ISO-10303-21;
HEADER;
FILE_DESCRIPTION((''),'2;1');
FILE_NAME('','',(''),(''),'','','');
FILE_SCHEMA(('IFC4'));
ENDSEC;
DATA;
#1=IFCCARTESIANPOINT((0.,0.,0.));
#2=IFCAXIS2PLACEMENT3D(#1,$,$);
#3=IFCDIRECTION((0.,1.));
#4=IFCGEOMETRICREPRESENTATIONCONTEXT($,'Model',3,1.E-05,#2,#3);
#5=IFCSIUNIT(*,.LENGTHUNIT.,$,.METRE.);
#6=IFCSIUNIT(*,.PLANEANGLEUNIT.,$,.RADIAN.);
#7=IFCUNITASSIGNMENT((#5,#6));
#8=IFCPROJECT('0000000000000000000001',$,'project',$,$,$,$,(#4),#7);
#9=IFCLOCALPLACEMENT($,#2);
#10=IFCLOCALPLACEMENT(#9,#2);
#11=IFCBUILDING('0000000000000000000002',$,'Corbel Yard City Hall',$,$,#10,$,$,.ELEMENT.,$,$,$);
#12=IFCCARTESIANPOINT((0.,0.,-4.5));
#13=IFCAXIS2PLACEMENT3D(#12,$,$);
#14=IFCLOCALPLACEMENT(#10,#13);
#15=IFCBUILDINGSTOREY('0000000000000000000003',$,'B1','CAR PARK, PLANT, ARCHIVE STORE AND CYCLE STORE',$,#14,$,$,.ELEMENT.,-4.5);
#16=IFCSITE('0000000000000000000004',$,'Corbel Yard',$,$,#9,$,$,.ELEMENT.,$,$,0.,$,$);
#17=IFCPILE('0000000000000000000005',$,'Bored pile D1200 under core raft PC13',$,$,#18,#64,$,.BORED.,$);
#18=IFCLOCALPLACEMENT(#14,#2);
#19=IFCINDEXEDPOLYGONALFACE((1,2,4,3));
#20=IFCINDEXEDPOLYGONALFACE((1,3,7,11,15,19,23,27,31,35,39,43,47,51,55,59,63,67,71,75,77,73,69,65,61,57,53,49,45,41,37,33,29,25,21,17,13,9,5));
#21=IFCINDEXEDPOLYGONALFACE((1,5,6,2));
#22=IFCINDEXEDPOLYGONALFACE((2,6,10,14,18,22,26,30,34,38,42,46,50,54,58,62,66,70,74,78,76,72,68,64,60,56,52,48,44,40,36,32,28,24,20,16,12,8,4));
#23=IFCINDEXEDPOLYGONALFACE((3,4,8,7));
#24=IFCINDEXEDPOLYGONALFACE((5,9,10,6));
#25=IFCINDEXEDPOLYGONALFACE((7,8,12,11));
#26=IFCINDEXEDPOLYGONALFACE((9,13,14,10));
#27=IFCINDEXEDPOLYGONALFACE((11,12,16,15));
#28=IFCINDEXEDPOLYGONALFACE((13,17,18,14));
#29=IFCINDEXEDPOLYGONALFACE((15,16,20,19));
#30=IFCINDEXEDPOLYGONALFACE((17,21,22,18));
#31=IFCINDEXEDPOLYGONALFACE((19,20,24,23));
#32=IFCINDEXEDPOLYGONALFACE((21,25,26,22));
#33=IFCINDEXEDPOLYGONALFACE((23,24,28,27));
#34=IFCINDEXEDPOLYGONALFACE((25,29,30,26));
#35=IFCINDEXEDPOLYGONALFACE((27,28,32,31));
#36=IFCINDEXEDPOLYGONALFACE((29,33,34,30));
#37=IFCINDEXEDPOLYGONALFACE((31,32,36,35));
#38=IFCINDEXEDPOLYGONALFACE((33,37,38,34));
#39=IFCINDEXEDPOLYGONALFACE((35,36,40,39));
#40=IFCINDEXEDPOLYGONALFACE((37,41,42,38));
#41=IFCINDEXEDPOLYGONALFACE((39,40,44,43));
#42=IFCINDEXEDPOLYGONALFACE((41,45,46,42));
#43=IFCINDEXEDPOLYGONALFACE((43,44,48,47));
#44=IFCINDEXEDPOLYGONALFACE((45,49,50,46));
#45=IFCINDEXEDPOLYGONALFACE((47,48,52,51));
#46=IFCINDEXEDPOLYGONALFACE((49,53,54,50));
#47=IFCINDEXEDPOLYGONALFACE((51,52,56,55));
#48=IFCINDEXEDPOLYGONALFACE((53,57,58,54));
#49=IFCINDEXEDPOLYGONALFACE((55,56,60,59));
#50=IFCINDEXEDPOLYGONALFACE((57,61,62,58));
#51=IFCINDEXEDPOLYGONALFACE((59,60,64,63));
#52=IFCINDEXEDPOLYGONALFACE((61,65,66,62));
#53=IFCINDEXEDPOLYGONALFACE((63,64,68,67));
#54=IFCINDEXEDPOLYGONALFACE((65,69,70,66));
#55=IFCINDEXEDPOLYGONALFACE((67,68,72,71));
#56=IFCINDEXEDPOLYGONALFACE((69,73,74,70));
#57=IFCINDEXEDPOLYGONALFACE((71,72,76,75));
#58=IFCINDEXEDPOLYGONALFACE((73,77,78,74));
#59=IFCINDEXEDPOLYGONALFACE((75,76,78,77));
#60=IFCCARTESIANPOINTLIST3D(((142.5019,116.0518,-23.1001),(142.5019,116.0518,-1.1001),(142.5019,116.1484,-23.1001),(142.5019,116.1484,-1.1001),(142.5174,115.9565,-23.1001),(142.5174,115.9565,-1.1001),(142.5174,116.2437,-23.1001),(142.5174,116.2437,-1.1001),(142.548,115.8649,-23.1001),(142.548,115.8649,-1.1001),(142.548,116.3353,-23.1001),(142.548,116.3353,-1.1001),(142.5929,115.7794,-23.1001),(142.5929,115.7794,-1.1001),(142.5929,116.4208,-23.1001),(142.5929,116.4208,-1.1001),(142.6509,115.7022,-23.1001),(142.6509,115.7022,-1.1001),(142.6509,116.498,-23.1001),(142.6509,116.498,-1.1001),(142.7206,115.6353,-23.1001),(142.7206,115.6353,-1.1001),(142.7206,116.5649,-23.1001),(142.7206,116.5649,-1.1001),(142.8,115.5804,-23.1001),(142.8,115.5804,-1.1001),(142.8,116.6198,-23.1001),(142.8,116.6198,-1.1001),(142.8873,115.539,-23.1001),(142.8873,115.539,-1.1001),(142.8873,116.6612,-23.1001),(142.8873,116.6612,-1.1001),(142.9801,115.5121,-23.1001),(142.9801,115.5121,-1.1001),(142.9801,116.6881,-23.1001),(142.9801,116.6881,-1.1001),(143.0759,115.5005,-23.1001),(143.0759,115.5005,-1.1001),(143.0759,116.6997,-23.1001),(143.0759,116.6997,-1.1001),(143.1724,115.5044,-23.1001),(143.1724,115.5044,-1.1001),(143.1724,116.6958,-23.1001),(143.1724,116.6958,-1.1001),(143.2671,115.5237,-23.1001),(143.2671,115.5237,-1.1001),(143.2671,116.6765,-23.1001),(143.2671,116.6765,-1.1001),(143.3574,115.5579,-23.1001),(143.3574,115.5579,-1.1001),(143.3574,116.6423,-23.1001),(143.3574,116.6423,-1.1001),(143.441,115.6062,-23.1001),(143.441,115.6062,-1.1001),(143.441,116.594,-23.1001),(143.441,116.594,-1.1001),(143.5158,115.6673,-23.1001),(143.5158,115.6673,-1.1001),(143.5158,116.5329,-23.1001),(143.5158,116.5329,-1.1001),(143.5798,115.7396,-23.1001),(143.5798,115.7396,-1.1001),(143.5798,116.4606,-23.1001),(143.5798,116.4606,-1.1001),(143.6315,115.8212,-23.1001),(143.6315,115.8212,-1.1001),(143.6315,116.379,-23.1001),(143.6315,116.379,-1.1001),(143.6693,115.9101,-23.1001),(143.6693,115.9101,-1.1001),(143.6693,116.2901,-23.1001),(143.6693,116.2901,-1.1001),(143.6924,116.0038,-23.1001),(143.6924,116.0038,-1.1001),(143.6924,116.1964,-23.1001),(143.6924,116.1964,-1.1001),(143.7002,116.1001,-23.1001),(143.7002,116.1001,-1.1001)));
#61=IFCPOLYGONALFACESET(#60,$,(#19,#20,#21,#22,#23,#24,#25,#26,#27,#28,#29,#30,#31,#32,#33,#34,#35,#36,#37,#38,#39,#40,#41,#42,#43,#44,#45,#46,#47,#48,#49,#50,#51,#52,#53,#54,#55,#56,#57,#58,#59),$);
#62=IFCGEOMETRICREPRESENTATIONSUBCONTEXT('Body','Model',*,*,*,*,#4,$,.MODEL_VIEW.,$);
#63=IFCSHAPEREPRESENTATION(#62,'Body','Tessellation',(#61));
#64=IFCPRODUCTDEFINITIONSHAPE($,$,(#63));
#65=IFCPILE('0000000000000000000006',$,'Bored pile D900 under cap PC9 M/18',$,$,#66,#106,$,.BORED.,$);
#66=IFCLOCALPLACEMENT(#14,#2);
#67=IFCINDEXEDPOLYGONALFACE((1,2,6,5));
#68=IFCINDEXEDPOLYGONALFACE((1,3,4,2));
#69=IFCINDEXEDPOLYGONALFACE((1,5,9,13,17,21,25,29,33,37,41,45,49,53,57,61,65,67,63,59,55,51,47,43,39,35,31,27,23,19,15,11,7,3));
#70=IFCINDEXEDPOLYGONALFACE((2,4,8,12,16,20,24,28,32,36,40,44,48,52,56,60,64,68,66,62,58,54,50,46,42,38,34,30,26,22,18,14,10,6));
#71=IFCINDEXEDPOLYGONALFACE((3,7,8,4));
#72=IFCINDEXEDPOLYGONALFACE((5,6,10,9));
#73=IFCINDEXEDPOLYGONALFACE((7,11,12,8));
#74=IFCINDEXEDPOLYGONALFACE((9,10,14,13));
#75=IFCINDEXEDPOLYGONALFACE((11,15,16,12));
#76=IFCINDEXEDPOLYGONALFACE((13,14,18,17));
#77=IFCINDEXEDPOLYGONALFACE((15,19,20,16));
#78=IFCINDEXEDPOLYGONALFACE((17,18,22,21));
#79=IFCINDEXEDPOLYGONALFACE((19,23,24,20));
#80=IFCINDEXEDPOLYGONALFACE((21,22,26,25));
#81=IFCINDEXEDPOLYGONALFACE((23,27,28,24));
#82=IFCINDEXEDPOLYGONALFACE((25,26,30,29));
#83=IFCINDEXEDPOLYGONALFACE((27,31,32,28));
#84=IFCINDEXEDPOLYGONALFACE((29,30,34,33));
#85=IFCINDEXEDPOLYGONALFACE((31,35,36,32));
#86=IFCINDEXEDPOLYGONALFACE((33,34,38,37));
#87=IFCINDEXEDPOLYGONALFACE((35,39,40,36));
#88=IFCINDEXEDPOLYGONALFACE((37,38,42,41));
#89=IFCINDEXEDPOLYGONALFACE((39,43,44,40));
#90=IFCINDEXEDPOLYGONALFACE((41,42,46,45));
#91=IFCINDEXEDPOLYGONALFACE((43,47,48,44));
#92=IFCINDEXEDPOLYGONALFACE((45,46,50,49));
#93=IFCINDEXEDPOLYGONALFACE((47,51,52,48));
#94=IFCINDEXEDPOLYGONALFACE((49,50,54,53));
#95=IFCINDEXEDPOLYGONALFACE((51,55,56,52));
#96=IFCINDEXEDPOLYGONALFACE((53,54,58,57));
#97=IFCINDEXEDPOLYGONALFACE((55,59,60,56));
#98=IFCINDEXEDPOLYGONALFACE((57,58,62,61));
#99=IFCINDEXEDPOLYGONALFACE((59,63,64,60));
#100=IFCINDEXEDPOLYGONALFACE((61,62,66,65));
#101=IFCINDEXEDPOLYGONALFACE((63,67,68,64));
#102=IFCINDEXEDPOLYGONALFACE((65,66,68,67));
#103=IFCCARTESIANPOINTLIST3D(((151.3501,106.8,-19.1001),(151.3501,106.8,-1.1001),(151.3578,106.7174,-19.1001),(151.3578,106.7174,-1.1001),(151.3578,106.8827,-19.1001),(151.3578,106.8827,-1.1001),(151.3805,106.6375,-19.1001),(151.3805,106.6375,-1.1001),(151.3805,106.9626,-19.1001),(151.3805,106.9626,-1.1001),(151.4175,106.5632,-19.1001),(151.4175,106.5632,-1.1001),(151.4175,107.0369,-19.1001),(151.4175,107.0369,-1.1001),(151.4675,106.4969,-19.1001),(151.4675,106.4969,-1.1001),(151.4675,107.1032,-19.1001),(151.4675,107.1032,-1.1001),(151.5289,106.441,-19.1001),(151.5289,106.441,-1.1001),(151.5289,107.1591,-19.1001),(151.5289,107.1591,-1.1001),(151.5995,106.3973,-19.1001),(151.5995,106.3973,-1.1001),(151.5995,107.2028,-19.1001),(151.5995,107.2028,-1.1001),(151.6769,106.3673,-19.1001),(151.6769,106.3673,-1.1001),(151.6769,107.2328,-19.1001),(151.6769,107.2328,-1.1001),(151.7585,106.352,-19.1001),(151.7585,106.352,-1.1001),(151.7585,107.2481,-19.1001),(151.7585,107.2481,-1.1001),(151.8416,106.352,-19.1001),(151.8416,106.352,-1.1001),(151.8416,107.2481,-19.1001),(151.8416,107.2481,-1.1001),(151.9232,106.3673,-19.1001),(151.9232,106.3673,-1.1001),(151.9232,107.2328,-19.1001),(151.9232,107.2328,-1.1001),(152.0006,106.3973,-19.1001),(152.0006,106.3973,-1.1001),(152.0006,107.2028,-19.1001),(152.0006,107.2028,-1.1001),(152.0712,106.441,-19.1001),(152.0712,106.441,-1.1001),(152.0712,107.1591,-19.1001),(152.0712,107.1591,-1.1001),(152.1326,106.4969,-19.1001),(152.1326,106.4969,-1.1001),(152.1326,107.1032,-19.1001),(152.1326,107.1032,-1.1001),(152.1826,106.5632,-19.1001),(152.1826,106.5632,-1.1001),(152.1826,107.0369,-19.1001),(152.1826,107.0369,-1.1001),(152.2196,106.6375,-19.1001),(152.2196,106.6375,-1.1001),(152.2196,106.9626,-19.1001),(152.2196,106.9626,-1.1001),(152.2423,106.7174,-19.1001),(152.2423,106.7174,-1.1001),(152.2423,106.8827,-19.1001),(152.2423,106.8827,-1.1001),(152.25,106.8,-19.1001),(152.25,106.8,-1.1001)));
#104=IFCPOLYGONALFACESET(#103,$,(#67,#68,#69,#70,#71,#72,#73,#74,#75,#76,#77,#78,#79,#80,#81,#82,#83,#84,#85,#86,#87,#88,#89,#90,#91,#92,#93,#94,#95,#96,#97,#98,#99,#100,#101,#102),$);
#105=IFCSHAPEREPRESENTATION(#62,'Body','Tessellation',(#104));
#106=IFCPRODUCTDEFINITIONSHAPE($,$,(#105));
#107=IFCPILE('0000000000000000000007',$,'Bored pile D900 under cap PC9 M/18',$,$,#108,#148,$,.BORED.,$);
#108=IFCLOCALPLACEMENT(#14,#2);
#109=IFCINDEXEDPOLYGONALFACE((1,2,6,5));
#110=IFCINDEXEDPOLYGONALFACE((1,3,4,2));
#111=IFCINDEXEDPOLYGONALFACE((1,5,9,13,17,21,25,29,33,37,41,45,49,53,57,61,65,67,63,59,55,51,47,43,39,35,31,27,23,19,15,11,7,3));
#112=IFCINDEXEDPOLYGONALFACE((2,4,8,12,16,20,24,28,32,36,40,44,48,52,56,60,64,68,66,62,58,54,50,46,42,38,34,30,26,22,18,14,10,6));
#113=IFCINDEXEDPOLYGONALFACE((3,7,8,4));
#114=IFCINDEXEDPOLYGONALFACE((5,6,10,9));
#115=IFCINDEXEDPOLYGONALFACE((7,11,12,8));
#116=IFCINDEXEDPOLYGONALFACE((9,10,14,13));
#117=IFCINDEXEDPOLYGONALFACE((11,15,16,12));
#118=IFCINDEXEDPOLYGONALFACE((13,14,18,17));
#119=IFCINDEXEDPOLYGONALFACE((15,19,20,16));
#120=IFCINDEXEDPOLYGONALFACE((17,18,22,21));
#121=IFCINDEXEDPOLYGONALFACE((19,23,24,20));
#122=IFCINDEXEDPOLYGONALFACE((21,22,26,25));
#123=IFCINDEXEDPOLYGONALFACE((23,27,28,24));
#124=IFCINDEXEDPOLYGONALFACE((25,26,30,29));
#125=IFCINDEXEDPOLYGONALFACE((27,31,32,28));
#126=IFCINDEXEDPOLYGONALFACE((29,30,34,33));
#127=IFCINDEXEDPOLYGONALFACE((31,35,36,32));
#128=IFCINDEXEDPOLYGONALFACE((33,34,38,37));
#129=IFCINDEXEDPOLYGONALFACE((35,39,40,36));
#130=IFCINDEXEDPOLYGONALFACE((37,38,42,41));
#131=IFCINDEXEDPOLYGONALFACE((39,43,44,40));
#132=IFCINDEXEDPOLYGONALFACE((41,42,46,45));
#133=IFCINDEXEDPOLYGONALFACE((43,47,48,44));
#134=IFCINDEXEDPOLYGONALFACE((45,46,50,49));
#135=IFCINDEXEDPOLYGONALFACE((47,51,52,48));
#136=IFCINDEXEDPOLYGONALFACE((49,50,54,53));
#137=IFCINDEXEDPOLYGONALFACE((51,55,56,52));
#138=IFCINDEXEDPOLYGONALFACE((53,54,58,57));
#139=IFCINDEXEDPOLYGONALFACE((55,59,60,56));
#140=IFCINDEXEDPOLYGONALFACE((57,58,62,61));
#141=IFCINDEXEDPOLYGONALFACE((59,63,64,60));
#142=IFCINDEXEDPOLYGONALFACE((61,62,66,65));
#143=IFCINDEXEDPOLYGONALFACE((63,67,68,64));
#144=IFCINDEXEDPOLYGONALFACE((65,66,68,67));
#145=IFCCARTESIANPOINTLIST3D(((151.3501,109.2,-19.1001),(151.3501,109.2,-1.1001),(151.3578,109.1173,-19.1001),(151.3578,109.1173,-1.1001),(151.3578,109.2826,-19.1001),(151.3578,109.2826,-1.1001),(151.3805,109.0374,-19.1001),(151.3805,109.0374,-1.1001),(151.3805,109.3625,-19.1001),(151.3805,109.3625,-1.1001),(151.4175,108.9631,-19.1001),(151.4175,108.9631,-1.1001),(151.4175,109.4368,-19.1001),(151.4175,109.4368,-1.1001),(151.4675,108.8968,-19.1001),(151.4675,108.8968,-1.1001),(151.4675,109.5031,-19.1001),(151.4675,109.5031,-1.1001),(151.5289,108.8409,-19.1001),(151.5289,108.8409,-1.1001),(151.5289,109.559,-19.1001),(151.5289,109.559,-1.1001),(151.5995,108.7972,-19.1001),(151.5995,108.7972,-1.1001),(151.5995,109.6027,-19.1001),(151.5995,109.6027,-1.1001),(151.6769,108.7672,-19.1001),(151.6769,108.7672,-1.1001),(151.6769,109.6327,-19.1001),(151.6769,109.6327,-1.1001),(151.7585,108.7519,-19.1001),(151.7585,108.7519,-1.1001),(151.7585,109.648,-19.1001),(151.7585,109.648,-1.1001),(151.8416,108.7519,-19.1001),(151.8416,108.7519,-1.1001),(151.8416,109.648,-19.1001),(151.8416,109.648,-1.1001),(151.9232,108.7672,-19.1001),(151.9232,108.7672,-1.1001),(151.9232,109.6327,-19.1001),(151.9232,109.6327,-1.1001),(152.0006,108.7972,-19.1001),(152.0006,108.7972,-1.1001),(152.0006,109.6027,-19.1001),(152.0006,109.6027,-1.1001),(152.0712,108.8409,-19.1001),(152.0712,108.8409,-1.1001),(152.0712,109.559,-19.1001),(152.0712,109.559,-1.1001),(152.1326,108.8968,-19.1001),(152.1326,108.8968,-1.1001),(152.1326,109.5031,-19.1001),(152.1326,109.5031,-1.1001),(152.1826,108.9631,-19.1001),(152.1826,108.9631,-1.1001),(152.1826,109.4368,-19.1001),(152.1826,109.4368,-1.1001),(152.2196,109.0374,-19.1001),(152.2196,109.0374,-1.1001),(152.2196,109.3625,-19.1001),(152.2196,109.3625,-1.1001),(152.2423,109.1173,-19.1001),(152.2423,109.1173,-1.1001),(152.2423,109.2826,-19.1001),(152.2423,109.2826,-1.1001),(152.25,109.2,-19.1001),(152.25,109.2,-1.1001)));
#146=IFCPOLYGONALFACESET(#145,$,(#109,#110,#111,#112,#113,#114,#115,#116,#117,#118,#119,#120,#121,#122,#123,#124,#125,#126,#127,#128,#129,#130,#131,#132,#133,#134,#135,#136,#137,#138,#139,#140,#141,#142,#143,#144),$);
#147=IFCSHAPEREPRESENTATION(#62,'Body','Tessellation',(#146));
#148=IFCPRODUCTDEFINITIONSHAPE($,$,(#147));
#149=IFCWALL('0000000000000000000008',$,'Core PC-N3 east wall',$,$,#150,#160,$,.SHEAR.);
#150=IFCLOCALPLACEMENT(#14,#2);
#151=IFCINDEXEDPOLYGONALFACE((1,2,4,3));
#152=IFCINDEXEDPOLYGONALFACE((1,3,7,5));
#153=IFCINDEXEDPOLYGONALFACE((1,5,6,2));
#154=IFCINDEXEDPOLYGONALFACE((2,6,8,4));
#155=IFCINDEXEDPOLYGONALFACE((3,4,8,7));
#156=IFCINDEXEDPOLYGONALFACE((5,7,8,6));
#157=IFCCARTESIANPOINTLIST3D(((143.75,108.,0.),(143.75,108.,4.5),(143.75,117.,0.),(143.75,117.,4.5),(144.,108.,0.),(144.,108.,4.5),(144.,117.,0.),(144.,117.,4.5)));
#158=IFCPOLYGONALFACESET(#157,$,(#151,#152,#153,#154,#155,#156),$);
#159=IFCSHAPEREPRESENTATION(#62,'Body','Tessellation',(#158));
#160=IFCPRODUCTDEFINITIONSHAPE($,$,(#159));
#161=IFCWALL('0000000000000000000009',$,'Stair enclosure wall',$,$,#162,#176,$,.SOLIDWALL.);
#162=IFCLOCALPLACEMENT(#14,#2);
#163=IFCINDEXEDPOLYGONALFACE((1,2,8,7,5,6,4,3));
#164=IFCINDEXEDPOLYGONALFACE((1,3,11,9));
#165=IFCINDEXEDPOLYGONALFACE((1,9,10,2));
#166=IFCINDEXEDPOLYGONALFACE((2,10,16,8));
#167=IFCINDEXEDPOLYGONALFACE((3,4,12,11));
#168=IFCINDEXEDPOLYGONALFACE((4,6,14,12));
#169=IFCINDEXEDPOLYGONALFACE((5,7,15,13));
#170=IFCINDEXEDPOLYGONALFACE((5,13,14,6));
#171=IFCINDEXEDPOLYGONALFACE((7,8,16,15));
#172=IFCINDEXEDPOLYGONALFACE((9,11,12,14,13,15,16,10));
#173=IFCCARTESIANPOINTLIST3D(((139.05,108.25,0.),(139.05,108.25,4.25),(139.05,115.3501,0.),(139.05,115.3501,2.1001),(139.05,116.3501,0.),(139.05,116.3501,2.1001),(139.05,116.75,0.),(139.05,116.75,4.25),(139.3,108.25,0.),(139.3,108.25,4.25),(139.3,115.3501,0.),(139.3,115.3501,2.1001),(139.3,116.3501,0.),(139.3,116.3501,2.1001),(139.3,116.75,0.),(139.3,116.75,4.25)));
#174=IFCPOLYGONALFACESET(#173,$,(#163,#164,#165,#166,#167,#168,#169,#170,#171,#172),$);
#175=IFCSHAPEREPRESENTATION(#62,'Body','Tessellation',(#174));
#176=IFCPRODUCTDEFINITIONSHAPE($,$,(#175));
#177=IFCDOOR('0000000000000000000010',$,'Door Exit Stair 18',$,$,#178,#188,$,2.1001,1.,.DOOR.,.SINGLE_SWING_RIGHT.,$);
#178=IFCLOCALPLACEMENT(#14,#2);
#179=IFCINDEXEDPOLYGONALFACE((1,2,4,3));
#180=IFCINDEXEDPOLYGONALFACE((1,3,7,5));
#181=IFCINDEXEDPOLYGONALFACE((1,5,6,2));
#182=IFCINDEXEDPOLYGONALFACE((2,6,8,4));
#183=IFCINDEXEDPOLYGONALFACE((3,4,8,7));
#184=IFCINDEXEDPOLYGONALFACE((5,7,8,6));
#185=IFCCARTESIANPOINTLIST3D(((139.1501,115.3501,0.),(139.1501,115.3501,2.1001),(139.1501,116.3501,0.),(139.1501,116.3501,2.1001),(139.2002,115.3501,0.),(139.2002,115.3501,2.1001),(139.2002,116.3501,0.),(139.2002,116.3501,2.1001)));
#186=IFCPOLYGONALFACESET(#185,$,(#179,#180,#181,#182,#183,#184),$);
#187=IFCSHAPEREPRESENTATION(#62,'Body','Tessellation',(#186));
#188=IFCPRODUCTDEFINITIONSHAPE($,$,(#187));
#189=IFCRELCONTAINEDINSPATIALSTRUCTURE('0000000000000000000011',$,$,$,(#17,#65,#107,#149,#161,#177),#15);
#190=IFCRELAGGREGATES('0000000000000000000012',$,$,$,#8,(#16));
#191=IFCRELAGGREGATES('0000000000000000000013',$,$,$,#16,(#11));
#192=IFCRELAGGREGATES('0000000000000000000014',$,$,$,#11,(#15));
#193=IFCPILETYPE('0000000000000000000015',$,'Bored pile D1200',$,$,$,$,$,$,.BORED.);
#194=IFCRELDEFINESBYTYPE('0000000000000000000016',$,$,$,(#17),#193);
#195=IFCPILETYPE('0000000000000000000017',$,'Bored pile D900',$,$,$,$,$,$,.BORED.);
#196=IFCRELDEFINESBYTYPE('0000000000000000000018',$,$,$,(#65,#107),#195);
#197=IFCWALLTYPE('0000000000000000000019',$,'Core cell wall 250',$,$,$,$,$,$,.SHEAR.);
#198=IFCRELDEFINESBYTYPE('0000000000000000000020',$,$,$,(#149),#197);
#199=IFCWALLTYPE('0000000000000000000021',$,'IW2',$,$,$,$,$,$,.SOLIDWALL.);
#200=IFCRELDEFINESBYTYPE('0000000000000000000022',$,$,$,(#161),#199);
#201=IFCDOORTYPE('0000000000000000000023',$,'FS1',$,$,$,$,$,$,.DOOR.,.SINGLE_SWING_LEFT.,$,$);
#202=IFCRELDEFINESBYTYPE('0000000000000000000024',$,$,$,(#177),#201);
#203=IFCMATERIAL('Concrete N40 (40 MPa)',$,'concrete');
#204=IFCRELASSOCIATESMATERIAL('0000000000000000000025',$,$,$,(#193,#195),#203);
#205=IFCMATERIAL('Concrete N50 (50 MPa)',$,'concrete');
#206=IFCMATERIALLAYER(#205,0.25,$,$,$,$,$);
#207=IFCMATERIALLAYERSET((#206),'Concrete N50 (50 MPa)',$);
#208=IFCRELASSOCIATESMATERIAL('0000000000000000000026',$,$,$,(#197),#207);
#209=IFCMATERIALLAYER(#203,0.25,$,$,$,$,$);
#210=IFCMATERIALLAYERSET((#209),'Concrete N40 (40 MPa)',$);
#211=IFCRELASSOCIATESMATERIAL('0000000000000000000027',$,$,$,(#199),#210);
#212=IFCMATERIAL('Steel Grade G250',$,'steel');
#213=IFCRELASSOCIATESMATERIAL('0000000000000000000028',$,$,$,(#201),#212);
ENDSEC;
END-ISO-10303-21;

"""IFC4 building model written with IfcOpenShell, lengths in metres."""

from ifc_helpers import new_model, si_unit, direction, frame, frame_2d, origin, origin_2d, place, context, subcontext, project, spatial, rectangle, circle, extrude, material, layer, layer_set, material_profile, profile_set, type_object, element, fill, save


model = new_model("IFC4")

# Units and contexts
model_context = context("Model", 3, precision=1e-05, world=origin(), true_north=direction((0.0, 1.0)))
body_context = subcontext(model_context, "Body", "Model", "MODEL_VIEW")
ifc_project = project(units=[si_unit("LENGTHUNIT", "METRE"), si_unit("PLANEANGLEUNIT", "RADIAN")], contexts=[model_context])

# Site, building, storey
site_placement = place(None, origin())
site = spatial("IfcSite", under=ifc_project, at=site_placement, Name="Corbel Yard", CompositionType="ELEMENT", RefElevation=0.0)
building_placement = place(site_placement, origin())
building = spatial("IfcBuilding", under=site, at=building_placement, Name="Corbel Yard City Hall", CompositionType="ELEMENT")
storey_placement = place(building_placement, frame((0.0, 0.0, -4.5)))
storey = spatial("IfcBuildingStorey", under=building, at=storey_placement, Name="B1", Description="CAR PARK, PLANT, ARCHIVE STORE AND CYCLE STORE", CompositionType="ELEMENT", Elevation=-4.5)

# Piles
ifc_material_1 = material(Name="Concrete N40 (40 MPa)", Category="concrete")
ifc_material_profile_1 = material_profile(ifc_material_1, circle(Radius=0.6001, at=origin_2d()), Name="D1200")
ifc_profile_set_1 = profile_set([ifc_material_profile_1], Name="Concrete N40 (40 MPa)")
pile_type_1 = type_object("IfcPileType", Name="Bored pile D1200", PredefinedType="BORED", material=ifc_profile_set_1)
for number, where, z_axis, x_axis, name in (
    (1, (143.1001, 116.1001, -1.1001), (0.0, 0.0, -1.0), (1.0, 0.0, 0.0), "Bored pile D1200 under core raft PC13"),
):
    element("IfcPile", number, at=place(storey_placement, frame(where, z_axis=z_axis, x_axis=x_axis)), inside=storey, type_object=pile_type_1, Name=name, PredefinedType="BORED", context=body_context, shape_type="SweptSolid", body=[
        extrude(circle(Radius=0.6001, at=origin_2d()), origin(), (0.0, 0.0, 1.0), 22.0),
    ])
ifc_material_profile_2 = material_profile(ifc_material_1, circle(Radius=0.45, at=origin_2d()), Name="D900")
ifc_profile_set_2 = profile_set([ifc_material_profile_2], Name="Concrete N40 (40 MPa)")
pile_type_2 = type_object("IfcPileType", Name="Bored pile D900", PredefinedType="BORED", material=ifc_profile_set_2)
for number, where, z_axis, x_axis, name in (
    (2, (151.8, 106.8, -1.1001), (0.0, 0.0, -1.0), (1.0, 0.0, 0.0), "Bored pile D900 under cap PC9 M/18"),
    (3, (151.8, 109.2, -1.1001), (0.0, 0.0, -1.0), (1.0, 0.0, 0.0), "Bored pile D900 under cap PC9 M/18"),
):
    element("IfcPile", number, at=place(storey_placement, frame(where, z_axis=z_axis, x_axis=x_axis)), inside=storey, type_object=pile_type_2, Name=name, PredefinedType="BORED", context=body_context, shape_type="SweptSolid", body=[
        extrude(circle(Radius=0.45, at=origin_2d()), origin(), (0.0, 0.0, 1.0), 18.0),
    ])

# Wall
ifc_material_2 = material(Name="Concrete N50 (50 MPa)", Category="concrete")
ifc_layer_1 = layer(ifc_material_2, 0.25)
ifc_layer_set_1 = layer_set([ifc_layer_1], Name="Concrete N50 (50 MPa)")
wall_type_1 = type_object("IfcWallType", Name="Core cell wall 250", PredefinedType="SHEAR", material=ifc_layer_set_1)
wall_1_placement = place(storey_placement, frame((143.875, 108.0, 0.0), z_axis=(0.0, 0.0, 1.0), x_axis=(0.0, 1.0, 0.0)))
element("IfcWall", 4, at=wall_1_placement, inside=storey, type_object=wall_type_1, Name="Core PC-N3 east wall", PredefinedType="SHEAR", context=body_context, shape_type="SweptSolid", body=[
    extrude(rectangle(XDim=9.0, YDim=0.25, at=frame_2d((4.5, 0.0))), origin(), (0.0, 0.0, 1.0), 4.5),
])

# Wall, opening, door
ifc_layer_2 = layer(ifc_material_1, 0.25)
ifc_layer_set_2 = layer_set([ifc_layer_2], Name="Concrete N40 (40 MPa)")
wall_type_2 = type_object("IfcWallType", Name="IW2", PredefinedType="SOLIDWALL", material=ifc_layer_set_2)
wall_2_placement = place(storey_placement, frame((139.175, 116.75, 0.0), z_axis=(0.0, 0.0, 1.0), x_axis=(0.0, -1.0, 0.0)))
wall_2 = element("IfcWall", 5, at=wall_2_placement, inside=storey, type_object=wall_type_2, Name="Stair enclosure wall", PredefinedType="SOLIDWALL", context=body_context, shape_type="SweptSolid", body=[
    extrude(rectangle(XDim=8.5, YDim=0.25, at=frame_2d((4.25, 0.0))), origin(), (0.0, 0.0, 1.0), 4.25),
])
opening_1_placement = place(wall_2_placement, frame((0.3999, 0.0, 0.0)))
opening_1 = element("IfcOpeningElement", 6, at=opening_1_placement, cuts=wall_2, PredefinedType="OPENING", context=body_context, shape_type="SweptSolid", body=[
    extrude(rectangle(XDim=1.0, YDim=2.1001, at=frame_2d((0.5, 1.05))), frame((0.0, 0.135, 0.0), z_axis=(0.0, -1.0, 0.0), x_axis=(1.0, 0.0, 0.0)), (0.0, 0.0, 1.0), 0.27),
])
ifc_material_3 = material(Name="Steel Grade G250", Category="steel")
door_type_1 = type_object("IfcDoorType", Name="FS1", OperationType="SINGLE_SWING_LEFT", PredefinedType="DOOR", material=ifc_material_3)
door_1_placement = place(opening_1_placement, frame((1.0, 0.0, 0.0), z_axis=(0.0, 0.0, 1.0), x_axis=(-1.0, 0.0, 0.0)))
door_1 = element("IfcDoor", 7, at=door_1_placement, inside=storey, type_object=door_type_1, Name="Door Exit Stair 18", OperationType="SINGLE_SWING_RIGHT", OverallHeight=2.1001, OverallWidth=1.0, PredefinedType="DOOR", context=body_context, shape_type="SweptSolid", body=[
    extrude(rectangle(XDim=1.0, YDim=2.1001, at=frame_2d((0.5, 1.05))), frame((0.0, 0.0249, 0.0), z_axis=(0.0, -1.0, 0.0), x_axis=(1.0, 0.0, 0.0)), (0.0, 0.0, 1.0), 0.05),
])
fill(opening_1, door_1)

save(model, "model.ifc")
